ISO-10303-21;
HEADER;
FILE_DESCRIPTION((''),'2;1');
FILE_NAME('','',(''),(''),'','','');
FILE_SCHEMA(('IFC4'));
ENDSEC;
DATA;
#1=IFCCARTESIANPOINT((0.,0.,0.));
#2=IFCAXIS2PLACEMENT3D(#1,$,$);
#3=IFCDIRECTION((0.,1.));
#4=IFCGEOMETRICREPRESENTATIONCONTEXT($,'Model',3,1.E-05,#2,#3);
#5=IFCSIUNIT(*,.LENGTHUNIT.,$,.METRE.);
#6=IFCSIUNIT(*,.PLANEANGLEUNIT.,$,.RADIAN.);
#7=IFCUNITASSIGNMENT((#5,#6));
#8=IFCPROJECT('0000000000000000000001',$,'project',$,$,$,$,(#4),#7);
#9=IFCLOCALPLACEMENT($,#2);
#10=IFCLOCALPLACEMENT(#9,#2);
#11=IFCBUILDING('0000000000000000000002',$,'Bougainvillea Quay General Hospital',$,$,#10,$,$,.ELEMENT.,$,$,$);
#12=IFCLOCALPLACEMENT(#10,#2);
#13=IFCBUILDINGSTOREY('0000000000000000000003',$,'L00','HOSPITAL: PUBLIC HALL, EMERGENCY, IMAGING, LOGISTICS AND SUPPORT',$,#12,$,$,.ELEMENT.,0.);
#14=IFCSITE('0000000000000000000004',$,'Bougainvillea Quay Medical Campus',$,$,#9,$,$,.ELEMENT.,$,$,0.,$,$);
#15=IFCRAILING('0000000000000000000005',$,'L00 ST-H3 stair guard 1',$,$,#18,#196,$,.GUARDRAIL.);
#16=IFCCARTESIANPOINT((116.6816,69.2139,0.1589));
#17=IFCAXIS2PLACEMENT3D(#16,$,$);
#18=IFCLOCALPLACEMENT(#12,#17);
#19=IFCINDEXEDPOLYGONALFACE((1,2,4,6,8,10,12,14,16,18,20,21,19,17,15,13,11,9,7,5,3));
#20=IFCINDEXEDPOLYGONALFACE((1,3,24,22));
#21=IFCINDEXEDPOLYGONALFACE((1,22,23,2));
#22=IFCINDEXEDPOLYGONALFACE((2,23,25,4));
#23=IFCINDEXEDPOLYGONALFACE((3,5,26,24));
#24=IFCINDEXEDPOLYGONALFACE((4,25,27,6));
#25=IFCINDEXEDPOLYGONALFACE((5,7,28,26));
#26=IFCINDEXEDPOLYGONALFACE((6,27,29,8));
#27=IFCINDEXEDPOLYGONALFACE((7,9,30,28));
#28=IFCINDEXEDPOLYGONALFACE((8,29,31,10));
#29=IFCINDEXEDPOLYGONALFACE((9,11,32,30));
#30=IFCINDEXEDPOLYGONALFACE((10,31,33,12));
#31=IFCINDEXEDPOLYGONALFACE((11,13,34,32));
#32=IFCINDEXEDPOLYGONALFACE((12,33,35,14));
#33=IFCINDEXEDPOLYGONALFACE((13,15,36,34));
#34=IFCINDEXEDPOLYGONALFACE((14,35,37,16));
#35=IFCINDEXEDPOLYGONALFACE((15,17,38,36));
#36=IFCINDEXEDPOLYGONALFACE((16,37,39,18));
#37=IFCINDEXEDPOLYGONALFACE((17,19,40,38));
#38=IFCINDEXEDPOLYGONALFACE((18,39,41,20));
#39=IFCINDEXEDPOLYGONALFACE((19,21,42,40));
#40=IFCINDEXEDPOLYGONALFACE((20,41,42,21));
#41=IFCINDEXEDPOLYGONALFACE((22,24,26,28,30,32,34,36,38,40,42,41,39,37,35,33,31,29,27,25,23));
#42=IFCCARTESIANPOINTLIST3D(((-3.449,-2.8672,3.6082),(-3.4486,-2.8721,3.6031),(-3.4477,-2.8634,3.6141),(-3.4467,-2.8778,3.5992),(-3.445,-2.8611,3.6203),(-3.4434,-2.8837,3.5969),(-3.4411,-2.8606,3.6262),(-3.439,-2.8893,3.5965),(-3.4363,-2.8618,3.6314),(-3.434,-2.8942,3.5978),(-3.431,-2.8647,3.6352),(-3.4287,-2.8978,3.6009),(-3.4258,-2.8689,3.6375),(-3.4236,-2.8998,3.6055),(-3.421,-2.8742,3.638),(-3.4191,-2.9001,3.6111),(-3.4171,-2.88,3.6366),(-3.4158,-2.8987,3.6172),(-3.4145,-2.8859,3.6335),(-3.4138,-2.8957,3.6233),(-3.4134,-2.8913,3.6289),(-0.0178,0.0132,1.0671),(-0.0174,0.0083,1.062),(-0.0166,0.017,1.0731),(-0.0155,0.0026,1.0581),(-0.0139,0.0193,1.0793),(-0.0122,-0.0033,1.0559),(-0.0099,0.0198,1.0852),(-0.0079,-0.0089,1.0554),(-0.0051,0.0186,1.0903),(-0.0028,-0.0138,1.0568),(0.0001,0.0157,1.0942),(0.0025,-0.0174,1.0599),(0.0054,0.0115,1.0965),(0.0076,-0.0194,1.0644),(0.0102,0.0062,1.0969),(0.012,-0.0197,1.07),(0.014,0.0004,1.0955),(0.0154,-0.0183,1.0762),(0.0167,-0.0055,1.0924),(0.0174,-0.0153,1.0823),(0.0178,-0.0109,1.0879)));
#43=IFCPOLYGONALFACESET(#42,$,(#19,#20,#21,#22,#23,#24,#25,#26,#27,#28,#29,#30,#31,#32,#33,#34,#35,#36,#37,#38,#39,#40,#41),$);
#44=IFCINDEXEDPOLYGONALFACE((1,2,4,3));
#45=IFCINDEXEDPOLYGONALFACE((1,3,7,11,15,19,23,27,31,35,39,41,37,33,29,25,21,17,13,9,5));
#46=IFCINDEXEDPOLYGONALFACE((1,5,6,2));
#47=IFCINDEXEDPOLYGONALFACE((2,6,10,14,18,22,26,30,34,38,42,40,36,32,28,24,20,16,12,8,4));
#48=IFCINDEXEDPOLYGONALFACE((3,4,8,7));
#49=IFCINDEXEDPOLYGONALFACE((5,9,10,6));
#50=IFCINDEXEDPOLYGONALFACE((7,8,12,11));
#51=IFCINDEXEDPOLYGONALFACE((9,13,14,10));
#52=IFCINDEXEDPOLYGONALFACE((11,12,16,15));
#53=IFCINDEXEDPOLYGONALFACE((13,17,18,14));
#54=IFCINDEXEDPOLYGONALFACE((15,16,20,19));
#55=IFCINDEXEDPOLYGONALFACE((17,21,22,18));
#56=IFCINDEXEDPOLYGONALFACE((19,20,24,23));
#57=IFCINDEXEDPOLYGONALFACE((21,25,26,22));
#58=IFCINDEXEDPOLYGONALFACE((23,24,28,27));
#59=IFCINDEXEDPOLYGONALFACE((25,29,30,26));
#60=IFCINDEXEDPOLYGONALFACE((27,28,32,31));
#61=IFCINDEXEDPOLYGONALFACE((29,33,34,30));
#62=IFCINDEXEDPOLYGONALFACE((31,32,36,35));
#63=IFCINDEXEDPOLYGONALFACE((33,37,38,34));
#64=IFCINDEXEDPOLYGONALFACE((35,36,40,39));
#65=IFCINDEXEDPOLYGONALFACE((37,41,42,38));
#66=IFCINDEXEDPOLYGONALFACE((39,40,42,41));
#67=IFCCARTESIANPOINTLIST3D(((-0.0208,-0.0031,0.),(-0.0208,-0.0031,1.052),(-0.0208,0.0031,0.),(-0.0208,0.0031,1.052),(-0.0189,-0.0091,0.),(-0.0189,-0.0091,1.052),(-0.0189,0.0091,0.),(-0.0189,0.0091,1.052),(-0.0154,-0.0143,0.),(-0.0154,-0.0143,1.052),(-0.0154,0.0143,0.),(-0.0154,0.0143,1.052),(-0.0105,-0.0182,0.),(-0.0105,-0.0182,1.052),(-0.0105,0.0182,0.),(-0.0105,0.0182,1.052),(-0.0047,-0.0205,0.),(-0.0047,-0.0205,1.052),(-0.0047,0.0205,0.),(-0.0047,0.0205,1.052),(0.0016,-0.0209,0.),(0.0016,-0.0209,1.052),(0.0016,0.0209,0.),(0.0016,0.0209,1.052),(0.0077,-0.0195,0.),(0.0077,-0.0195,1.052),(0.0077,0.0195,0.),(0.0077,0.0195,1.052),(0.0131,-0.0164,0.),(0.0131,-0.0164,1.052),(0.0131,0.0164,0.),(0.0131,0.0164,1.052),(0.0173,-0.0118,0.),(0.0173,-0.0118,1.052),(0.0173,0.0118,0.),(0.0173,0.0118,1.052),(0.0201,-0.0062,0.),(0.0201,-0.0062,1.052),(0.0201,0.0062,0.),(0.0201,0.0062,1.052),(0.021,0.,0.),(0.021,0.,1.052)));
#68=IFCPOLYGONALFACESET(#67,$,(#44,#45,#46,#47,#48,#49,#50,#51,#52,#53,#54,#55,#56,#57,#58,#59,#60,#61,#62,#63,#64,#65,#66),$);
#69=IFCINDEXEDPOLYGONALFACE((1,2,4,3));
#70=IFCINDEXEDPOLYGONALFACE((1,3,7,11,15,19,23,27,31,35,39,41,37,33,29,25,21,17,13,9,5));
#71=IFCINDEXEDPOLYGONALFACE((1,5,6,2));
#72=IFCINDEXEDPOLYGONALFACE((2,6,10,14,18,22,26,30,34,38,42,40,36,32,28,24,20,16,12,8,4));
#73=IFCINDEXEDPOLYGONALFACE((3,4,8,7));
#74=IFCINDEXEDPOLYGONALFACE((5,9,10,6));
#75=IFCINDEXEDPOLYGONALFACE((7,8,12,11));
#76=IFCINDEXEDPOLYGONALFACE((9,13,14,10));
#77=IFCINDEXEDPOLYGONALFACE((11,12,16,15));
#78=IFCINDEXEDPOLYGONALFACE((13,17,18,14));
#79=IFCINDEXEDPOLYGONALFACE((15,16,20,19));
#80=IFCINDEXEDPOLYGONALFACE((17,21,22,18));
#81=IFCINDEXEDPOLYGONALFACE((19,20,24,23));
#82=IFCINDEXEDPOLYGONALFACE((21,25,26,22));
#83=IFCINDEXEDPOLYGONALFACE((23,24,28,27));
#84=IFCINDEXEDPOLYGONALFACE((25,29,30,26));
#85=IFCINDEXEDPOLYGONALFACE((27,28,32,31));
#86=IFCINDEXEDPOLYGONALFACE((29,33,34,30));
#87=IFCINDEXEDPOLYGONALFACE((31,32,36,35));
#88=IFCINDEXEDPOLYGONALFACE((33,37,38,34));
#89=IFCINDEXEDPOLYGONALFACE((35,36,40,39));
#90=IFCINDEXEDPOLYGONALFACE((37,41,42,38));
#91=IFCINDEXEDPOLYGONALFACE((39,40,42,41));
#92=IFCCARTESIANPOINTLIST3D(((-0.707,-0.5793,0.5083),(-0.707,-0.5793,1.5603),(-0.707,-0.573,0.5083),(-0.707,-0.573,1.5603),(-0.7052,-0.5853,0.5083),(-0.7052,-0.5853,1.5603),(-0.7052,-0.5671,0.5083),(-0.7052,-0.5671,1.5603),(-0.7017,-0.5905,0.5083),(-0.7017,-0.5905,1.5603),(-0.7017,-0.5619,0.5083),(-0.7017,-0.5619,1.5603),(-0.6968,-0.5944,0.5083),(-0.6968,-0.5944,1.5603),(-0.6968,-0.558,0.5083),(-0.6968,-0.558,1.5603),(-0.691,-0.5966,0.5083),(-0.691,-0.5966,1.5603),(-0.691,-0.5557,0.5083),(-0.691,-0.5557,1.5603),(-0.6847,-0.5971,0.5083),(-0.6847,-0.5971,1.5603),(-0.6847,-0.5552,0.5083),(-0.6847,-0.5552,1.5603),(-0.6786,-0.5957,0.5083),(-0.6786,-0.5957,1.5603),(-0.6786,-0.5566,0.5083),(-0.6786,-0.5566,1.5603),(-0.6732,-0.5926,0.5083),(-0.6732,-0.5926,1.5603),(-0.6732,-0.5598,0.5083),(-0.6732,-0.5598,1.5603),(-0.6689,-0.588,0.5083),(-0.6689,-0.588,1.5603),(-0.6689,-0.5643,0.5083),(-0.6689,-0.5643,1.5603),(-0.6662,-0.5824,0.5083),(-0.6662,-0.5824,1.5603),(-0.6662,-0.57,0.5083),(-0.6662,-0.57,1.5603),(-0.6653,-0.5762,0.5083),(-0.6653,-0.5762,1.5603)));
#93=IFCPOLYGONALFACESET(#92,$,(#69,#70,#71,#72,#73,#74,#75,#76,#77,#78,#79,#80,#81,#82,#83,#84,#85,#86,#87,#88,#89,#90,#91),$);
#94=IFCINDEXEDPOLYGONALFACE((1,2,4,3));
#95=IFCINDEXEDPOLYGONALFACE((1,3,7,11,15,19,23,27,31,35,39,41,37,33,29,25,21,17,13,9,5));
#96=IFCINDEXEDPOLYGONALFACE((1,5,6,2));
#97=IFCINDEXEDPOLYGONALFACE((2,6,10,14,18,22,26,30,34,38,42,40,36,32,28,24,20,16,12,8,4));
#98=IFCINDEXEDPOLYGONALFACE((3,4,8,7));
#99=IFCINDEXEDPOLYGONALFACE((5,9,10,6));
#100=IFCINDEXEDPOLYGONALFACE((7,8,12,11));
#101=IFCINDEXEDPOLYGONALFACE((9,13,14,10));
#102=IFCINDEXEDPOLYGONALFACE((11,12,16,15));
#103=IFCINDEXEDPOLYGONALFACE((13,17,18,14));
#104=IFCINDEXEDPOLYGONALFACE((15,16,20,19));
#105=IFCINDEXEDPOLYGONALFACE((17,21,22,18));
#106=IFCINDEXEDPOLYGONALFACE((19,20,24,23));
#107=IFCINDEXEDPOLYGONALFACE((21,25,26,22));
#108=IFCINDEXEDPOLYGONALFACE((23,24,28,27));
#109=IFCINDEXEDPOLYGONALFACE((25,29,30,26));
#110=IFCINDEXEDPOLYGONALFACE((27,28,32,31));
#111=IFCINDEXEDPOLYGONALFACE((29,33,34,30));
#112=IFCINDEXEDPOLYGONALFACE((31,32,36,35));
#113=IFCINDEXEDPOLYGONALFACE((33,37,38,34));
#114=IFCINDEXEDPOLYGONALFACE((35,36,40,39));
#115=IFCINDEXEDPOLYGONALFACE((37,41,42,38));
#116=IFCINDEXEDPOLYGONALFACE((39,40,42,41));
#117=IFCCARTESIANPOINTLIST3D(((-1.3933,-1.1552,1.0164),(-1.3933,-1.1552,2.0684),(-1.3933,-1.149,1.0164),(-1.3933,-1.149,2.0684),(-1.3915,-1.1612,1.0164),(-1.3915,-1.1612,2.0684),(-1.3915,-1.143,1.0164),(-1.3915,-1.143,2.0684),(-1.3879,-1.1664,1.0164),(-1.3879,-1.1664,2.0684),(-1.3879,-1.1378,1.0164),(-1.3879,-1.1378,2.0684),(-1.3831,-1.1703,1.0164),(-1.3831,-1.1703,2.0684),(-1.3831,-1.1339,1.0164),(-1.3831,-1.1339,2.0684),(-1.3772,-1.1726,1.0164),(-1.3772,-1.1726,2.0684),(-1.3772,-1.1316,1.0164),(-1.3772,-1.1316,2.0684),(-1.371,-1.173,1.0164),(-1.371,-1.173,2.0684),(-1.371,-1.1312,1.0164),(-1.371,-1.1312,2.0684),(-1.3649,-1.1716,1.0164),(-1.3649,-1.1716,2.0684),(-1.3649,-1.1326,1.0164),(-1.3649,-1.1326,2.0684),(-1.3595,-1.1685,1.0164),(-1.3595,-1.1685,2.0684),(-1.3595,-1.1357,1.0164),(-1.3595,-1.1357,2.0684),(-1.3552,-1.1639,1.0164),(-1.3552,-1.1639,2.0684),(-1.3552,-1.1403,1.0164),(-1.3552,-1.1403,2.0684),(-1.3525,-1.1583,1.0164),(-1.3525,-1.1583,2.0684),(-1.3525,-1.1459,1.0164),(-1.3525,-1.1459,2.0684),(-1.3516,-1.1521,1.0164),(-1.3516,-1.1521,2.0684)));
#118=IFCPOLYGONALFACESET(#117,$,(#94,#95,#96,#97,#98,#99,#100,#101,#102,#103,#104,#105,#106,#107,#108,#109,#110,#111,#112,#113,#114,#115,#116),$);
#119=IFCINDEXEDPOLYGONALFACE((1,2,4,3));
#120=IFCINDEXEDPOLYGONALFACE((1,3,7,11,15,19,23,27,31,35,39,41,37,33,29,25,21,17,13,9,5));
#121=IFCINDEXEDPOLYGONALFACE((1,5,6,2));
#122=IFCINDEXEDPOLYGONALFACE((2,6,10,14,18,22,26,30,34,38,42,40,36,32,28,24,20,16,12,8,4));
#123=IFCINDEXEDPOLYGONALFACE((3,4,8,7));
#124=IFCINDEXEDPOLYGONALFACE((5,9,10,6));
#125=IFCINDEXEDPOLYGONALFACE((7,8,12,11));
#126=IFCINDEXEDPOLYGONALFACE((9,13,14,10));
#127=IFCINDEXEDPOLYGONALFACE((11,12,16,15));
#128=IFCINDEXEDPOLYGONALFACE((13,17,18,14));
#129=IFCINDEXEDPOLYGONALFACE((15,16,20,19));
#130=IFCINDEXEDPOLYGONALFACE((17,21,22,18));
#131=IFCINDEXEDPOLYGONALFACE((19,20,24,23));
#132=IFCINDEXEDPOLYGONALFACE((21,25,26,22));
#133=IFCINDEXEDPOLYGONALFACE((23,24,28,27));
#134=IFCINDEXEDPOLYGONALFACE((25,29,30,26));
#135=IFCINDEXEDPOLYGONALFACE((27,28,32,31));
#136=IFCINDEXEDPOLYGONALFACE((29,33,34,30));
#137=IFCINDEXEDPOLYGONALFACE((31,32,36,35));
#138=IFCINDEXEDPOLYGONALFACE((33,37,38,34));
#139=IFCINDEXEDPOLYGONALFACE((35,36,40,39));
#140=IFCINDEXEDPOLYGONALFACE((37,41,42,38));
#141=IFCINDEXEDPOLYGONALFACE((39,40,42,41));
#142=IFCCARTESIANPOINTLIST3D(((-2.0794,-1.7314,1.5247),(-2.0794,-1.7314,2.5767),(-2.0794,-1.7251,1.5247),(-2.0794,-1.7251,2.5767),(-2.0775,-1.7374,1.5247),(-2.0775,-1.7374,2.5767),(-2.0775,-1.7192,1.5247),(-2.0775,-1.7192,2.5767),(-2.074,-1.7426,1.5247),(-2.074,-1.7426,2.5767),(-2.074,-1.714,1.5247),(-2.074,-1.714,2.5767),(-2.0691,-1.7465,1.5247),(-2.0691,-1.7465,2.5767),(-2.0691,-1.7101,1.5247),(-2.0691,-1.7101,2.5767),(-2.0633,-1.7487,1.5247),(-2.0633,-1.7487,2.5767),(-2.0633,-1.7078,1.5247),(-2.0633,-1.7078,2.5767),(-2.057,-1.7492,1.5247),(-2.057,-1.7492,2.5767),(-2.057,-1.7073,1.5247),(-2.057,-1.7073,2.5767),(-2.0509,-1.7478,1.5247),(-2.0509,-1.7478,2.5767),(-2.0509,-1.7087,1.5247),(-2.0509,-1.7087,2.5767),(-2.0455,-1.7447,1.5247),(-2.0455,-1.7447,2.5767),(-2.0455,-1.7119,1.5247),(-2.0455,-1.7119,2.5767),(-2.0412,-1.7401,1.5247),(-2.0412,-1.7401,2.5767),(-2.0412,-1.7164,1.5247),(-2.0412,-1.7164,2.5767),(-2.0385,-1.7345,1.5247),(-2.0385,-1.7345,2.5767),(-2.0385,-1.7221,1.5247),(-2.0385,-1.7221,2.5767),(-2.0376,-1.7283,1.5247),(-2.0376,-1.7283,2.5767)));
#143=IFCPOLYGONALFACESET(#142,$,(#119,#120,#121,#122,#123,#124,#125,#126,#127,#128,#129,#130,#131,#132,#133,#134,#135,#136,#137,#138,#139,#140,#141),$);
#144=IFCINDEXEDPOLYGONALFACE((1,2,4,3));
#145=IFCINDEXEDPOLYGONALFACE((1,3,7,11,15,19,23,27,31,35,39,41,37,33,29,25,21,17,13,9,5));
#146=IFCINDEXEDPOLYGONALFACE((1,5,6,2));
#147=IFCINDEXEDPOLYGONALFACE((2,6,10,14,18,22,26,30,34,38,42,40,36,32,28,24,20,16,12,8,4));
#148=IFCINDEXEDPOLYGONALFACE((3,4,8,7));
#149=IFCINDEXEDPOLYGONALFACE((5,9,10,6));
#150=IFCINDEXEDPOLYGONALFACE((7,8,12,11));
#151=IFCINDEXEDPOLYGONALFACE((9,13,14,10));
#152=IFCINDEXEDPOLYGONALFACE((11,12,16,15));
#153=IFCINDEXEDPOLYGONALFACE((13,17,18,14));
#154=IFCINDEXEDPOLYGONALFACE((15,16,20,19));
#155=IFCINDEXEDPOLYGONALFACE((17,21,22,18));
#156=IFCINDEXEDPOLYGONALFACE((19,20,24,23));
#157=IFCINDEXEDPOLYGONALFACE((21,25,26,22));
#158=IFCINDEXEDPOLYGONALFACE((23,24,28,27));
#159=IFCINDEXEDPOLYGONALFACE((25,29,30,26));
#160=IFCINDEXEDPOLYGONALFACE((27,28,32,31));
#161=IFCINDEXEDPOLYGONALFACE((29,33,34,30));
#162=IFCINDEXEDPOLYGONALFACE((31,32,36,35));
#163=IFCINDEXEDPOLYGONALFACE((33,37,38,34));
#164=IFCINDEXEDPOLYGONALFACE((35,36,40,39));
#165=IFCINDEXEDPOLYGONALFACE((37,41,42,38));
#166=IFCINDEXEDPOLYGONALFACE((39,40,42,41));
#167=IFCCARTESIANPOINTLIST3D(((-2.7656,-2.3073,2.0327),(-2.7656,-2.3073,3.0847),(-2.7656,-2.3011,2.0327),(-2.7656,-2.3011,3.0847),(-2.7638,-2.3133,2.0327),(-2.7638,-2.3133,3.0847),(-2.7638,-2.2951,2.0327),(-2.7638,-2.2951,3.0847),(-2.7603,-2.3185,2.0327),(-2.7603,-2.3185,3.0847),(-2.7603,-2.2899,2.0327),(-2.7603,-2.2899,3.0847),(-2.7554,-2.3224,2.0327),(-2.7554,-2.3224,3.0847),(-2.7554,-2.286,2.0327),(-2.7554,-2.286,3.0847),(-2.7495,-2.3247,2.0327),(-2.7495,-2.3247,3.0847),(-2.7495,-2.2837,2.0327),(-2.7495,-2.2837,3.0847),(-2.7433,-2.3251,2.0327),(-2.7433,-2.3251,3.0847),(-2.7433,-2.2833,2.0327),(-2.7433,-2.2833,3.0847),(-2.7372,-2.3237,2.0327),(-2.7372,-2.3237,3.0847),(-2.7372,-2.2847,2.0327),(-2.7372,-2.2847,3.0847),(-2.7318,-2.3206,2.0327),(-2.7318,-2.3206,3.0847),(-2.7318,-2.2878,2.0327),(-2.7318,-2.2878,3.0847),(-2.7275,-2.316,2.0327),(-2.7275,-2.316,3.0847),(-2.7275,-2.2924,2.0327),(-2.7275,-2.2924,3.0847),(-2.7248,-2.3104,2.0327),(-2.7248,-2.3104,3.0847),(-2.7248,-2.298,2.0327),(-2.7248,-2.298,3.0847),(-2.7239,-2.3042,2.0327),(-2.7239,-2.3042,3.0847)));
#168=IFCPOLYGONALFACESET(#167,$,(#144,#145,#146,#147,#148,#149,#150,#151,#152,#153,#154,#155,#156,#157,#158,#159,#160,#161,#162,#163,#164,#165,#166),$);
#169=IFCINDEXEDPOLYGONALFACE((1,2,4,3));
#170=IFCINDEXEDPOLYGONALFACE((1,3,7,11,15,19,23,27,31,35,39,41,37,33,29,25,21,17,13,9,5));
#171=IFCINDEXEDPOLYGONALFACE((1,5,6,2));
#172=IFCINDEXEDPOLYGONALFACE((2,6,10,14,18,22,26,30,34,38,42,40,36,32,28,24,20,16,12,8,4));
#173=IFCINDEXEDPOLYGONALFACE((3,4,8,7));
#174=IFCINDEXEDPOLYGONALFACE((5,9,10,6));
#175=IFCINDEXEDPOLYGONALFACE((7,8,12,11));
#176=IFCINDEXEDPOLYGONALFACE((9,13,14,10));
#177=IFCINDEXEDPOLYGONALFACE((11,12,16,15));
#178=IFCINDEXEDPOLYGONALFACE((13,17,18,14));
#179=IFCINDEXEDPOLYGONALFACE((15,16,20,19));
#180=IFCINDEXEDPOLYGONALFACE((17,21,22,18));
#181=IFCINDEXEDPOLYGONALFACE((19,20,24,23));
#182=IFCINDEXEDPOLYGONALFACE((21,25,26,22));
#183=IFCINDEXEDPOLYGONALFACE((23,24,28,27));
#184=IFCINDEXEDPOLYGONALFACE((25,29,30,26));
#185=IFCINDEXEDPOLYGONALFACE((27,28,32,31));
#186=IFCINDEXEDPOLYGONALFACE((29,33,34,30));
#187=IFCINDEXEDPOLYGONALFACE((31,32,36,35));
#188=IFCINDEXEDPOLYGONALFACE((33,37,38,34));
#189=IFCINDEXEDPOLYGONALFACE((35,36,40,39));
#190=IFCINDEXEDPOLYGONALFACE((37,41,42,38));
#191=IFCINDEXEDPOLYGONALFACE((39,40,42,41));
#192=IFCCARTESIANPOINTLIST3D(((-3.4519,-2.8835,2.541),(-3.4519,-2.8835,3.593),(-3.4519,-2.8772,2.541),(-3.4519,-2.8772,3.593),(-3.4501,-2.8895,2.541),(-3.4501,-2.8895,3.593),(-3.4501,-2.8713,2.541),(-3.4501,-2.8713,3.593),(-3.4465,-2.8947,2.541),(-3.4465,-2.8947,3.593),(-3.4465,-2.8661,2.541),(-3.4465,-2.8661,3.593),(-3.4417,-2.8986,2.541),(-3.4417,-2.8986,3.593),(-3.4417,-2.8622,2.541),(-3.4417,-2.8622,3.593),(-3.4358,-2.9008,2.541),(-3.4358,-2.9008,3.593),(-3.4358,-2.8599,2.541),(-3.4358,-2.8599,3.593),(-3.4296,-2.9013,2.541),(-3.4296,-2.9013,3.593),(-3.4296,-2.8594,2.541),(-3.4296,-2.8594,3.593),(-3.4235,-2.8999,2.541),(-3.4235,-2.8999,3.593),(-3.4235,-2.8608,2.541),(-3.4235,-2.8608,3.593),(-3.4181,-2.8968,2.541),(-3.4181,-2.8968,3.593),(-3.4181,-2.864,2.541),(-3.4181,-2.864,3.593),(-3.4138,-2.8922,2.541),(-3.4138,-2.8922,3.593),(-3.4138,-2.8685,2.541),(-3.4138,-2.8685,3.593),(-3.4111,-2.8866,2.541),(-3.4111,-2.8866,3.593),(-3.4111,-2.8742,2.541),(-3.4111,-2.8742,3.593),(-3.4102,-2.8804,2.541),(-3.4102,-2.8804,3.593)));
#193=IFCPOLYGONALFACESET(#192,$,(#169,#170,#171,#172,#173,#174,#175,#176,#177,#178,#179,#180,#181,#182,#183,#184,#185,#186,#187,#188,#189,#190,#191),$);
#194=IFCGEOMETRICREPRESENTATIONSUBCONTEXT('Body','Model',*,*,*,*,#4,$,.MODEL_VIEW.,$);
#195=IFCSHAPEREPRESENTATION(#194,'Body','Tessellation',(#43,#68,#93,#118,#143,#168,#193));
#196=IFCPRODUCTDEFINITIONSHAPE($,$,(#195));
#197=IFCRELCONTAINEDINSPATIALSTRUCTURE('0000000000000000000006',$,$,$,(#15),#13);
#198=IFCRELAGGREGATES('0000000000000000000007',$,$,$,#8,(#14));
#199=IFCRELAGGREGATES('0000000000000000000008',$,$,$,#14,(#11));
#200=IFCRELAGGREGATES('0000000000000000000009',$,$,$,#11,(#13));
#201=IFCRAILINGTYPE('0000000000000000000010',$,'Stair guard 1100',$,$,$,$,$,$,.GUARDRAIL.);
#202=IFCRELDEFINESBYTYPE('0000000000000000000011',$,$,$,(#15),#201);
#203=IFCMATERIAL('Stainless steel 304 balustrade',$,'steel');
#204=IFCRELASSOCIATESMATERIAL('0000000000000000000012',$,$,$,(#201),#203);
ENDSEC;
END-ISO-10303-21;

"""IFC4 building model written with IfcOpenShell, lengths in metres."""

from ifc_helpers import new_model, si_unit, direction, frame, origin, origin_2d, place, context, subcontext, project, spatial, circle, extrude, material, type_object, element, save


model = new_model("IFC4")

# Units and contexts
model_context = context("Model", 3, precision=1e-05, world=origin(), true_north=direction((0.0, 1.0)))
body_context = subcontext(model_context, "Body", "Model", "MODEL_VIEW")
ifc_project = project(units=[si_unit("LENGTHUNIT", "METRE"), si_unit("PLANEANGLEUNIT", "RADIAN")], contexts=[model_context])

# Site, building, storey
site_placement = place(None, origin())
site = spatial("IfcSite", under=ifc_project, at=site_placement, Name="Bougainvillea Quay Medical Campus", CompositionType="ELEMENT", RefElevation=0.0)
building_placement = place(site_placement, origin())
building = spatial("IfcBuilding", under=site, at=building_placement, Name="Bougainvillea Quay General Hospital", CompositionType="ELEMENT")
storey_placement = place(building_placement, origin())
storey = spatial("IfcBuildingStorey", under=building, at=storey_placement, Name="L00", Description="HOSPITAL: PUBLIC HALL, EMERGENCY, IMAGING, LOGISTICS AND SUPPORT", CompositionType="ELEMENT", Elevation=0.0)

# Railing
ifc_material_1 = material(Name="Stainless steel 304 balustrade", Category="steel")
railing_type_1 = type_object("IfcRailingType", Name="Stair guard 1100", PredefinedType="GUARDRAIL", material=ifc_material_1)
railing_1_placement = place(storey_placement, frame((116.6816, 69.2139, 0.1589)))
element("IfcRailing", 1, at=railing_1_placement, inside=storey, type_object=railing_type_1, Name="L00 ST-H3 stair guard 1", PredefinedType="GUARDRAIL", context=body_context, shape_type="SweptSolid", body=[
    extrude(circle(Radius=0.0239, at=origin_2d()), frame((0.0, 0.0, 1.0762), z_axis=(-0.666198, -0.559257, 0.493368), x_axis=(0.642957, -0.765902, 0.0)), (0.0, 0.0, 1.0), 5.1504),
    extrude(circle(Radius=0.021, at=origin_2d()), origin(), (0.0, 0.0, 1.0), 1.052),
    extrude(circle(Radius=0.021, at=origin_2d()), frame((-0.6863, -0.5762, 0.5083)), (0.0, 0.0, 1.0), 1.052),
    extrude(circle(Radius=0.021, at=origin_2d()), frame((-1.3726, -1.1521, 1.0164)), (0.0, 0.0, 1.0), 1.052),
    extrude(circle(Radius=0.021, at=origin_2d()), frame((-2.0586, -1.7283, 1.5247)), (0.0, 0.0, 1.0), 1.052),
    extrude(circle(Radius=0.021, at=origin_2d()), frame((-2.7449, -2.3042, 2.0327)), (0.0, 0.0, 1.0), 1.052),
    extrude(circle(Radius=0.021, at=origin_2d()), frame((-3.4312, -2.8804, 2.541)), (0.0, 0.0, 1.0), 1.052),
])

save(model, "model.ifc")
